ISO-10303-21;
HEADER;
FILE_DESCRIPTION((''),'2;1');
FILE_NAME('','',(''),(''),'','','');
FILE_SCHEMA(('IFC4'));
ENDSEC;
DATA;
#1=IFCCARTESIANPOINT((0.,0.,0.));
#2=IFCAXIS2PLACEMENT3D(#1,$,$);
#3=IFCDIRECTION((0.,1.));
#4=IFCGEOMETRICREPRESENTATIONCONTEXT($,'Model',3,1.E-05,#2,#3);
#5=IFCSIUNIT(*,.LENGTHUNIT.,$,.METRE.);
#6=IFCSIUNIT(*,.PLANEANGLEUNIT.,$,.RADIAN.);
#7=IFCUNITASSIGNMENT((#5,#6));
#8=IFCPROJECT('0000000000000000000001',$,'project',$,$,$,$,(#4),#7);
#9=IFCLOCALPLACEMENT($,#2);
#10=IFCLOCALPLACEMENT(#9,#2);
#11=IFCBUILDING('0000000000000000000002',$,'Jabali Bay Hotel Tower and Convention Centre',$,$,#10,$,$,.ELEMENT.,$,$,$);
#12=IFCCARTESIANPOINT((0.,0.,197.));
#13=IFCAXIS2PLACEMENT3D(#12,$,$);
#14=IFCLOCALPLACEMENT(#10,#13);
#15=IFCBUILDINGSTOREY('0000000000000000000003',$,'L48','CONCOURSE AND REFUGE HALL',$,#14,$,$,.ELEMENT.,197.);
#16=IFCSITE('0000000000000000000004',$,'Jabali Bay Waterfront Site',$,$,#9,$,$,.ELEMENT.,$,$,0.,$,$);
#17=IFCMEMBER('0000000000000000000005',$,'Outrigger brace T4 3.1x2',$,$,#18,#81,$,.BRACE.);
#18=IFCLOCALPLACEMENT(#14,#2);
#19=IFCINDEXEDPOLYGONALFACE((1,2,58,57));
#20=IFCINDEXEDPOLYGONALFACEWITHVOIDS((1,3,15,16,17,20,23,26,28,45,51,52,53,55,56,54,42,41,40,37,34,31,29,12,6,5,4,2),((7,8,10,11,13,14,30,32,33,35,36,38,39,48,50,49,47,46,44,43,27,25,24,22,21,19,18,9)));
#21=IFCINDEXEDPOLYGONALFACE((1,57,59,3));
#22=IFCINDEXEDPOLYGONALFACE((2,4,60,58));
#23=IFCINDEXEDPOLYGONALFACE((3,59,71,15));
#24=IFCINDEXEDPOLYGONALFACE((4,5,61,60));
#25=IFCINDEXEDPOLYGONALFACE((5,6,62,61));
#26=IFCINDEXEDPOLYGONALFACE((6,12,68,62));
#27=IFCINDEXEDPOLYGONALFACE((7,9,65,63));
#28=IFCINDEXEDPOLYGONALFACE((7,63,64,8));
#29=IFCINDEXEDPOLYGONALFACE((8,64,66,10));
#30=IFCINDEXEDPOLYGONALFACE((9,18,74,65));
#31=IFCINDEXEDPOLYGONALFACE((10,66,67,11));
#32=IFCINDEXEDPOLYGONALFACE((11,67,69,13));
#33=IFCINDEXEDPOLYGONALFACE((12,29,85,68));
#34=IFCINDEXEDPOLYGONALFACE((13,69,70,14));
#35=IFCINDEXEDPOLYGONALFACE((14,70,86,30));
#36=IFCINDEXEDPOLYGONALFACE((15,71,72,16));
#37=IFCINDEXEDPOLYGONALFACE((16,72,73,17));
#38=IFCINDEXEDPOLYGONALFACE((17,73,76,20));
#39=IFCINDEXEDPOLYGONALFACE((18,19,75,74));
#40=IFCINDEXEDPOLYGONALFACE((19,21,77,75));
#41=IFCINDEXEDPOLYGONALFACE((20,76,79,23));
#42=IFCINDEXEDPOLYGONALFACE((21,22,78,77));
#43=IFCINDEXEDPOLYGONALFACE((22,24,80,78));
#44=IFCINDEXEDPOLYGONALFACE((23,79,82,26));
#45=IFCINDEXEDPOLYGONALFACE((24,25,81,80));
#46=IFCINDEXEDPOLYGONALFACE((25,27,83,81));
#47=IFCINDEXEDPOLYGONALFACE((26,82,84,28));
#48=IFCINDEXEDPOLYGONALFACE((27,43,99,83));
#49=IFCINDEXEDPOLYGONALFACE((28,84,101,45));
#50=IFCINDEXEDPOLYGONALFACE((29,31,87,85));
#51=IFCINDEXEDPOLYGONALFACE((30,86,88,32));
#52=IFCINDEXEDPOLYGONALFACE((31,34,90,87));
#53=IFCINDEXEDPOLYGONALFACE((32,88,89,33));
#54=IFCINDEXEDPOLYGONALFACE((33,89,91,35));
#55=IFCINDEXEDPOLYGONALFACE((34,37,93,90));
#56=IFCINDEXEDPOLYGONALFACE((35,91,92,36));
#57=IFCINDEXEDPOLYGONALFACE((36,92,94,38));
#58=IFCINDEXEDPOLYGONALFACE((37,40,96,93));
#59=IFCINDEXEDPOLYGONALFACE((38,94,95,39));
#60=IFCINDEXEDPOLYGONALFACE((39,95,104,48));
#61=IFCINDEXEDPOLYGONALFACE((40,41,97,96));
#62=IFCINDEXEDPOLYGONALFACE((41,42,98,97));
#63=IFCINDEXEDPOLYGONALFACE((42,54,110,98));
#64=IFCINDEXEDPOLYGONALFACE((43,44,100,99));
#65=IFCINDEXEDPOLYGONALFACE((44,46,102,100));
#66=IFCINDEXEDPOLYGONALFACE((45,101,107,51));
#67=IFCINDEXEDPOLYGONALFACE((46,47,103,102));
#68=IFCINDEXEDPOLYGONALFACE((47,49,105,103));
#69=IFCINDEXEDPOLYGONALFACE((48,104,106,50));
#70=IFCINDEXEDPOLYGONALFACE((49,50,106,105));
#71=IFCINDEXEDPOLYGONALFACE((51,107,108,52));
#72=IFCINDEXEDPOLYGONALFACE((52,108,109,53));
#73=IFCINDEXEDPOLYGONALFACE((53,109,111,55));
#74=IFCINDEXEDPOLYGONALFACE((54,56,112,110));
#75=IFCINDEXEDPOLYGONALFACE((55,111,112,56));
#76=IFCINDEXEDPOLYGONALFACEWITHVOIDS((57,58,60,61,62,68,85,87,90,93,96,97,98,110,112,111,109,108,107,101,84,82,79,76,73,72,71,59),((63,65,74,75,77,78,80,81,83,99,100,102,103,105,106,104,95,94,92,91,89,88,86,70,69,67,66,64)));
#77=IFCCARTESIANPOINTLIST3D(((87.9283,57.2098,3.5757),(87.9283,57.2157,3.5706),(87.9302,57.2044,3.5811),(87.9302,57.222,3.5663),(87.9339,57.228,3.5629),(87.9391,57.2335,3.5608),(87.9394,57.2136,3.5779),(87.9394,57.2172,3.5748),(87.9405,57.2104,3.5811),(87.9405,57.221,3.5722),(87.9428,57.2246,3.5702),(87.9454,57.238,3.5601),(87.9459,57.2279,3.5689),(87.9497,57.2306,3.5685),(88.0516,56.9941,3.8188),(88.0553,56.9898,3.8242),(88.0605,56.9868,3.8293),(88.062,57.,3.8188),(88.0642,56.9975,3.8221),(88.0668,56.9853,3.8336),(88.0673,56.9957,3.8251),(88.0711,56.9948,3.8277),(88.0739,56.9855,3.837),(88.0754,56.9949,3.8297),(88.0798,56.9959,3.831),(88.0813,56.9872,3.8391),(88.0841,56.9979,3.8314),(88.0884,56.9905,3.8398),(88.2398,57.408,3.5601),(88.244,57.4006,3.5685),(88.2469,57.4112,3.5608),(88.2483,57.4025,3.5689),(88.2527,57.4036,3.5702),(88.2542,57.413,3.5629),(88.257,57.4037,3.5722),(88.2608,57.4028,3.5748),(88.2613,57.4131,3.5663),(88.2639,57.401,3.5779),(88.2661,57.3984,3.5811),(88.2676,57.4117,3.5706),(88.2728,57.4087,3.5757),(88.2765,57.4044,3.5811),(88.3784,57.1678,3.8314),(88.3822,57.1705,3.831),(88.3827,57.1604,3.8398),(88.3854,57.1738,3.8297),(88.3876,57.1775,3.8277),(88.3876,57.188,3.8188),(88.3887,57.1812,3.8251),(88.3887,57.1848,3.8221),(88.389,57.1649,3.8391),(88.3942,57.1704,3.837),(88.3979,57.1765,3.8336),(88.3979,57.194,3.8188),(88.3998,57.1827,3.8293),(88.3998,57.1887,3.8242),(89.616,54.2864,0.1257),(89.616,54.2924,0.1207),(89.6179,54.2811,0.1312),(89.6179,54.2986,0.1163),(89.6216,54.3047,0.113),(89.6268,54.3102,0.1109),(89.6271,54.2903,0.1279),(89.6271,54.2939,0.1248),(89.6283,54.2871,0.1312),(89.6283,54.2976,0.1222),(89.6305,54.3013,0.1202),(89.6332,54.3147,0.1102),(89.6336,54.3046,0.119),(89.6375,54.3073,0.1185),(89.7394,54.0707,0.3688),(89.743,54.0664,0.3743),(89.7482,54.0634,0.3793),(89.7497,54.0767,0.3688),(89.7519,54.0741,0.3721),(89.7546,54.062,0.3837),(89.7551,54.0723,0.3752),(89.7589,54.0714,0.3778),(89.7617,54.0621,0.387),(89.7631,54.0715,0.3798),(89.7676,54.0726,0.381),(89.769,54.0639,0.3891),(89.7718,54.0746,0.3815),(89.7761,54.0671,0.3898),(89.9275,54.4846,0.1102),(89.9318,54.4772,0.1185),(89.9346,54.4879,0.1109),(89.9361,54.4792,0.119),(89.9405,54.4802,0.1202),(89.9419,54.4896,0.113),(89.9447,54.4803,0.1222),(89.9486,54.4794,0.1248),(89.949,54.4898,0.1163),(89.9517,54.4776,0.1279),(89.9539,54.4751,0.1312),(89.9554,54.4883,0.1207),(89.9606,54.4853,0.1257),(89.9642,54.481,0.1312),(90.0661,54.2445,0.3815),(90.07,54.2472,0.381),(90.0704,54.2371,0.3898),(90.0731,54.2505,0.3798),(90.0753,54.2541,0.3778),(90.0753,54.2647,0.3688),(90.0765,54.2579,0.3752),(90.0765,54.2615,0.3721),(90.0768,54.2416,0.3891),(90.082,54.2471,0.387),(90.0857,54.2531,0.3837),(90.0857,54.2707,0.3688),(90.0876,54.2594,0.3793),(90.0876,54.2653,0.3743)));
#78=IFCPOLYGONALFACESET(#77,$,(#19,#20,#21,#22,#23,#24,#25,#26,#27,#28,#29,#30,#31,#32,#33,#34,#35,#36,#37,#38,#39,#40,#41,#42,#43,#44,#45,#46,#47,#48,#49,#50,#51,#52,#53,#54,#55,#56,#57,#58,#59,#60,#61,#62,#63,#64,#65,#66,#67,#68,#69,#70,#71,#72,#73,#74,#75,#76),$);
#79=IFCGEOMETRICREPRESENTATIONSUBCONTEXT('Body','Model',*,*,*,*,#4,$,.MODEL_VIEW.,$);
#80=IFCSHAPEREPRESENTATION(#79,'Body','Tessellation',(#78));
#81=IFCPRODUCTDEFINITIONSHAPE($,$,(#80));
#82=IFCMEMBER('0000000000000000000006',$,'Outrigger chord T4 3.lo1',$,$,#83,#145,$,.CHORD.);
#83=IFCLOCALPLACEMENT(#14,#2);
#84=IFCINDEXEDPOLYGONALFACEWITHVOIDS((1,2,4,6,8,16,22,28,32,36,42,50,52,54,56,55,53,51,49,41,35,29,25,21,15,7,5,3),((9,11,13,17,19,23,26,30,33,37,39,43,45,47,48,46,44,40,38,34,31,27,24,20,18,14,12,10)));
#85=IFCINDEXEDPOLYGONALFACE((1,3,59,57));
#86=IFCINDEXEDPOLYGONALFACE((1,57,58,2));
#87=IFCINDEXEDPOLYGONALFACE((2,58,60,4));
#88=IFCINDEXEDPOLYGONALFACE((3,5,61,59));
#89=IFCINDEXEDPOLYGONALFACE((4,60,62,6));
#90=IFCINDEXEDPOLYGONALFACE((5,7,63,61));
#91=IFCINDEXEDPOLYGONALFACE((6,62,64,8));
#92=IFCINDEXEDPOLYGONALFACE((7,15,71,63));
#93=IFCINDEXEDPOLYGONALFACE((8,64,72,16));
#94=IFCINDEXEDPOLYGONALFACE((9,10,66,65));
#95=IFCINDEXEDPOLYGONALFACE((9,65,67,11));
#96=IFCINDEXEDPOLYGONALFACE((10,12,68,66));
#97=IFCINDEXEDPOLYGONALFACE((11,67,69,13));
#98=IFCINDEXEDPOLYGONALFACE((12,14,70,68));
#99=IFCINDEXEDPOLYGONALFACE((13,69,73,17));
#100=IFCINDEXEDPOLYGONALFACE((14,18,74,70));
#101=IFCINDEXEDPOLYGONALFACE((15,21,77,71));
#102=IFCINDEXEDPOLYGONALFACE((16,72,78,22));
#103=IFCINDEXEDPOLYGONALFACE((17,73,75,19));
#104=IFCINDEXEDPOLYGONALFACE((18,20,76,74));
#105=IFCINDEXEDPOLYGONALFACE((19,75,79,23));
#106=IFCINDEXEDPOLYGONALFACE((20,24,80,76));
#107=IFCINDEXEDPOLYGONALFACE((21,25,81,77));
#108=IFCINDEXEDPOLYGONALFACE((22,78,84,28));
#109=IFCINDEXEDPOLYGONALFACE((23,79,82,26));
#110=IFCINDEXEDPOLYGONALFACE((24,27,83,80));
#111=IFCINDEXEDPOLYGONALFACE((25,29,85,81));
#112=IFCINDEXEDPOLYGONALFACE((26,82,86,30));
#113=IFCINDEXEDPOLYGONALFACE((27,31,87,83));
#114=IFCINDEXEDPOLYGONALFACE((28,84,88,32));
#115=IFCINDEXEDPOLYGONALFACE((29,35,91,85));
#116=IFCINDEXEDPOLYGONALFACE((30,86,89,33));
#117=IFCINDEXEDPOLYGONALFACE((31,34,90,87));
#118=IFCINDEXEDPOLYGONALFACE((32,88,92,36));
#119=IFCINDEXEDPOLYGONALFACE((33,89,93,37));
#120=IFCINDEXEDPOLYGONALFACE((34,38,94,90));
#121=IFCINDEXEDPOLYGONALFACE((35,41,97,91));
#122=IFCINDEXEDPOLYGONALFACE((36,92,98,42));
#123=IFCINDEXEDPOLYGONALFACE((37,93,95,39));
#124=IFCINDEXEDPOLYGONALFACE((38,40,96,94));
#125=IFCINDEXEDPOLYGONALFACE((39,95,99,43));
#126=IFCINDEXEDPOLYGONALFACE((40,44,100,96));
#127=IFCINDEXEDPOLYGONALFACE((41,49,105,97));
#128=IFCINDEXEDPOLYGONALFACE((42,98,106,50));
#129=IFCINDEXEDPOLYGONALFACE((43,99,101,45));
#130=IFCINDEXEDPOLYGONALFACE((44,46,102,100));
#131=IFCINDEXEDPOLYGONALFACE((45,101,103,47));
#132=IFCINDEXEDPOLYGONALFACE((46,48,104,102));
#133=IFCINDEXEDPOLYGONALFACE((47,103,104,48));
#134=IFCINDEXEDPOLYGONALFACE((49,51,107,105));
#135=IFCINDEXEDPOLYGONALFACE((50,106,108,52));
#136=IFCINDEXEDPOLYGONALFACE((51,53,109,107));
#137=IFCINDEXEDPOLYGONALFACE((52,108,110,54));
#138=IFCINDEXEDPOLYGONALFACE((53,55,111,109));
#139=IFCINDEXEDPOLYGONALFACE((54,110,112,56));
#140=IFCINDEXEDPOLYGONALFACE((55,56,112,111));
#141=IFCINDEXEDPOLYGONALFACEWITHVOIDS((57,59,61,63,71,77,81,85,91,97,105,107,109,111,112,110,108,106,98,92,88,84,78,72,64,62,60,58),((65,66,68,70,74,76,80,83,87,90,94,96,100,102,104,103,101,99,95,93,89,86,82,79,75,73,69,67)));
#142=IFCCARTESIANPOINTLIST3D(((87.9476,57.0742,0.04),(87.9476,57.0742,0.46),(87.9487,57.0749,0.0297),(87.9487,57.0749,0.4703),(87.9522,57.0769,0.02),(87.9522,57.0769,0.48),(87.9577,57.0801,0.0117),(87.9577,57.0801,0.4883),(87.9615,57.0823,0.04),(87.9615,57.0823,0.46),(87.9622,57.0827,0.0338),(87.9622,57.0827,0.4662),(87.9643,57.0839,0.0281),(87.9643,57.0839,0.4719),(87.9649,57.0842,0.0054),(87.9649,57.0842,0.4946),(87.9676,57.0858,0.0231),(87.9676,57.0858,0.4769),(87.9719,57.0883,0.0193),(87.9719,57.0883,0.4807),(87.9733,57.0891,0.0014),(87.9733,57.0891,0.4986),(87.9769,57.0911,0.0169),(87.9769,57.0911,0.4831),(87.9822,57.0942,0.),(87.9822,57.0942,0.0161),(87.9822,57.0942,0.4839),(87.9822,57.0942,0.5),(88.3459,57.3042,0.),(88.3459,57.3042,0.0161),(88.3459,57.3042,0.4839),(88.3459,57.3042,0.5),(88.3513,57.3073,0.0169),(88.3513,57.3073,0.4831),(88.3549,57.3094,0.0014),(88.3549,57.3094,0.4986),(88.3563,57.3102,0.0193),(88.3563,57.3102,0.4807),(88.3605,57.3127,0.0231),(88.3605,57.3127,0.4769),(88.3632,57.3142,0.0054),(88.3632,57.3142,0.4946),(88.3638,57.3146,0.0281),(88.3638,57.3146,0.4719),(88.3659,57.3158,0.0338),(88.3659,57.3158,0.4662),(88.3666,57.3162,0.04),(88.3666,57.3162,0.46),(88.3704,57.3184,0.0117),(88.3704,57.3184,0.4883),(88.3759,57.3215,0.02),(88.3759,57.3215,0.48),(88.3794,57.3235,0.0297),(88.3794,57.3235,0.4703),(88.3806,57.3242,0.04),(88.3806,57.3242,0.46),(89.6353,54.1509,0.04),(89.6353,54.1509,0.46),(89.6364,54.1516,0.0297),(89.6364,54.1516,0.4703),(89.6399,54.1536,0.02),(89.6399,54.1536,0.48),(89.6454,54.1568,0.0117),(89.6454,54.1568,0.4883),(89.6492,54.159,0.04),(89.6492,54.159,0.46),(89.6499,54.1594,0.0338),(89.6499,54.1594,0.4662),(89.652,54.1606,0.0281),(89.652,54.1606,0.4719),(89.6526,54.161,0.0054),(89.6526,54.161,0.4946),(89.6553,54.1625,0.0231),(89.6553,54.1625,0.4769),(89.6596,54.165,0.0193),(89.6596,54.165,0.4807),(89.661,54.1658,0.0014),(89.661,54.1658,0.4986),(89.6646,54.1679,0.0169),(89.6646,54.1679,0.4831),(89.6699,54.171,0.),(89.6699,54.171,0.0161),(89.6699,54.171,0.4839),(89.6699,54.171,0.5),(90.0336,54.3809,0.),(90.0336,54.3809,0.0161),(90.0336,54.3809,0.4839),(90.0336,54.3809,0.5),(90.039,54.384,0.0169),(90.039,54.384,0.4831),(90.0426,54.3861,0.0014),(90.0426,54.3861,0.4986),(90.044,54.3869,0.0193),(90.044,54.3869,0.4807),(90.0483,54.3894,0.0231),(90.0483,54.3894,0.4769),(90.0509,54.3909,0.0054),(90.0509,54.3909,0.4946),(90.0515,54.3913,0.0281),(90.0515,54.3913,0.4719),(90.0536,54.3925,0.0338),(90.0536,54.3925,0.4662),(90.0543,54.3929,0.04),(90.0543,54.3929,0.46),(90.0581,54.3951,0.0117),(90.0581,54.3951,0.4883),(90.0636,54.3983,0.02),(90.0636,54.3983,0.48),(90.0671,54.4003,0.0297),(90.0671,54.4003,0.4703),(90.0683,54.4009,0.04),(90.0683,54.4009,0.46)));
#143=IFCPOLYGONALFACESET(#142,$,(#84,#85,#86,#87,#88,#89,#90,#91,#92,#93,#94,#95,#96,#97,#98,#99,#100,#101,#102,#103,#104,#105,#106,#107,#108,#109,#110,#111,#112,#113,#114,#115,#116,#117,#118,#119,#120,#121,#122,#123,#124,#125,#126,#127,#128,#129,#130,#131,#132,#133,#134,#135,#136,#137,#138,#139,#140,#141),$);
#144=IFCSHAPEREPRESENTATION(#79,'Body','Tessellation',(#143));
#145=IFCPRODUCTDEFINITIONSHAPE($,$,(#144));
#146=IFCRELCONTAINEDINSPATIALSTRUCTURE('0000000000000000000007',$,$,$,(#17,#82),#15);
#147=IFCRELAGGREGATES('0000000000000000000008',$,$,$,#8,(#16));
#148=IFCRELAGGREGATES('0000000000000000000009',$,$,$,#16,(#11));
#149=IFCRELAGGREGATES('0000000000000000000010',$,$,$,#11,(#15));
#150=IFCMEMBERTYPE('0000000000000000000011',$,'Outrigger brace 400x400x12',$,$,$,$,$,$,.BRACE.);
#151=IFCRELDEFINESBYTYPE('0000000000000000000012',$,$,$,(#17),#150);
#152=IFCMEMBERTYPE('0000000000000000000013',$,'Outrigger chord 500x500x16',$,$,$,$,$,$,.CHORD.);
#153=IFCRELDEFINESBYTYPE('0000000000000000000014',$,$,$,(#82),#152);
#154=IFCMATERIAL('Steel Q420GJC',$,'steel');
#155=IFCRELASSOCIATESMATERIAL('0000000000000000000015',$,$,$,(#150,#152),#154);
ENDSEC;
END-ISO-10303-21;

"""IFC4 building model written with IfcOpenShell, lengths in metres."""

from ifc_helpers import new_model, si_unit, direction, frame, origin, origin_2d, place, context, subcontext, project, spatial, hollow_rectangle, extrude, material, material_profile, profile_set, type_object, element, save


model = new_model("IFC4")

# Units and contexts
model_context = context("Model", 3, precision=1e-05, world=origin(), true_north=direction((0.0, 1.0)))
body_context = subcontext(model_context, "Body", "Model", "MODEL_VIEW")
ifc_project = project(units=[si_unit("LENGTHUNIT", "METRE"), si_unit("PLANEANGLEUNIT", "RADIAN")], contexts=[model_context])

# Site, building, storey
site_placement = place(None, origin())
site = spatial("IfcSite", under=ifc_project, at=site_placement, Name="Jabali Bay Waterfront Site", CompositionType="ELEMENT", RefElevation=0.0)
building_placement = place(site_placement, origin())
building = spatial("IfcBuilding", under=site, at=building_placement, Name="Jabali Bay Hotel Tower and Convention Centre", CompositionType="ELEMENT")
storey_placement = place(building_placement, frame((0.0, 0.0, 197.0)))
storey = spatial("IfcBuildingStorey", under=building, at=storey_placement, Name="L48", Description="CONCOURSE AND REFUGE HALL", CompositionType="ELEMENT", Elevation=197.0)

# Members
ifc_material_1 = material(Name="Steel Q420GJC", Category="steel")
ifc_material_profile_1 = material_profile(ifc_material_1, hollow_rectangle(XDim=0.3999, YDim=0.3999, WallThickness=0.012, InnerFilletRadius=0.0181, OuterFilletRadius=0.03, at=origin_2d()), Name="Outrigger brace 400x400x12")
ifc_profile_set_1 = profile_set([ifc_material_profile_1], Name="Steel Q420GJC")
member_type_1 = type_object("IfcMemberType", Name="Outrigger brace 400x400x12", PredefinedType="BRACE", material=ifc_profile_set_1)
member_1_placement = place(storey_placement, frame((89.8518, 54.2759, 0.25), z_axis=(-0.349672, 0.605666, 0.714771), x_axis=(-0.866031, -0.49999, 0.0)))
element("IfcMember", 1, at=member_1_placement, inside=storey, type_object=member_type_1, Name="Outrigger brace T4 3.1x2", PredefinedType="BRACE", context=body_context, shape_type="SweptSolid", body=[
    extrude(hollow_rectangle(XDim=0.3999, YDim=0.3999, WallThickness=0.012, InnerFilletRadius=0.0181, OuterFilletRadius=0.03, at=origin_2d()), origin(), (0.0, 0.0, 1.0), 4.8267),
])
ifc_material_profile_2 = material_profile(ifc_material_1, hollow_rectangle(XDim=0.5, YDim=0.5, WallThickness=0.0161, InnerFilletRadius=0.0239, OuterFilletRadius=0.04, at=origin_2d()), Name="Outrigger chord 500x500x16")
ifc_profile_set_2 = profile_set([ifc_material_profile_2], Name="Steel Q420GJC")
member_type_2 = type_object("IfcMemberType", Name="Outrigger chord 500x500x16", PredefinedType="CHORD", material=ifc_profile_set_2)
for number, where, z_axis, x_axis, name in (
    (2, (88.1641, 57.1992, 0.25), (0.49999, -0.866031, 0.0), (0.866031, 0.49999, 0.0), "Outrigger chord T4 3.lo1"),
):
    element("IfcMember", number, at=place(storey_placement, frame(where, z_axis=z_axis, x_axis=x_axis)), inside=storey, type_object=member_type_2, Name=name, PredefinedType="CHORD", context=body_context, shape_type="SweptSolid", body=[
        extrude(hollow_rectangle(XDim=0.5, YDim=0.5, WallThickness=0.0161, InnerFilletRadius=0.0239, OuterFilletRadius=0.04, at=origin_2d()), origin(), (0.0, 0.0, 1.0), 3.3755),
    ])

save(model, "model.ifc")
